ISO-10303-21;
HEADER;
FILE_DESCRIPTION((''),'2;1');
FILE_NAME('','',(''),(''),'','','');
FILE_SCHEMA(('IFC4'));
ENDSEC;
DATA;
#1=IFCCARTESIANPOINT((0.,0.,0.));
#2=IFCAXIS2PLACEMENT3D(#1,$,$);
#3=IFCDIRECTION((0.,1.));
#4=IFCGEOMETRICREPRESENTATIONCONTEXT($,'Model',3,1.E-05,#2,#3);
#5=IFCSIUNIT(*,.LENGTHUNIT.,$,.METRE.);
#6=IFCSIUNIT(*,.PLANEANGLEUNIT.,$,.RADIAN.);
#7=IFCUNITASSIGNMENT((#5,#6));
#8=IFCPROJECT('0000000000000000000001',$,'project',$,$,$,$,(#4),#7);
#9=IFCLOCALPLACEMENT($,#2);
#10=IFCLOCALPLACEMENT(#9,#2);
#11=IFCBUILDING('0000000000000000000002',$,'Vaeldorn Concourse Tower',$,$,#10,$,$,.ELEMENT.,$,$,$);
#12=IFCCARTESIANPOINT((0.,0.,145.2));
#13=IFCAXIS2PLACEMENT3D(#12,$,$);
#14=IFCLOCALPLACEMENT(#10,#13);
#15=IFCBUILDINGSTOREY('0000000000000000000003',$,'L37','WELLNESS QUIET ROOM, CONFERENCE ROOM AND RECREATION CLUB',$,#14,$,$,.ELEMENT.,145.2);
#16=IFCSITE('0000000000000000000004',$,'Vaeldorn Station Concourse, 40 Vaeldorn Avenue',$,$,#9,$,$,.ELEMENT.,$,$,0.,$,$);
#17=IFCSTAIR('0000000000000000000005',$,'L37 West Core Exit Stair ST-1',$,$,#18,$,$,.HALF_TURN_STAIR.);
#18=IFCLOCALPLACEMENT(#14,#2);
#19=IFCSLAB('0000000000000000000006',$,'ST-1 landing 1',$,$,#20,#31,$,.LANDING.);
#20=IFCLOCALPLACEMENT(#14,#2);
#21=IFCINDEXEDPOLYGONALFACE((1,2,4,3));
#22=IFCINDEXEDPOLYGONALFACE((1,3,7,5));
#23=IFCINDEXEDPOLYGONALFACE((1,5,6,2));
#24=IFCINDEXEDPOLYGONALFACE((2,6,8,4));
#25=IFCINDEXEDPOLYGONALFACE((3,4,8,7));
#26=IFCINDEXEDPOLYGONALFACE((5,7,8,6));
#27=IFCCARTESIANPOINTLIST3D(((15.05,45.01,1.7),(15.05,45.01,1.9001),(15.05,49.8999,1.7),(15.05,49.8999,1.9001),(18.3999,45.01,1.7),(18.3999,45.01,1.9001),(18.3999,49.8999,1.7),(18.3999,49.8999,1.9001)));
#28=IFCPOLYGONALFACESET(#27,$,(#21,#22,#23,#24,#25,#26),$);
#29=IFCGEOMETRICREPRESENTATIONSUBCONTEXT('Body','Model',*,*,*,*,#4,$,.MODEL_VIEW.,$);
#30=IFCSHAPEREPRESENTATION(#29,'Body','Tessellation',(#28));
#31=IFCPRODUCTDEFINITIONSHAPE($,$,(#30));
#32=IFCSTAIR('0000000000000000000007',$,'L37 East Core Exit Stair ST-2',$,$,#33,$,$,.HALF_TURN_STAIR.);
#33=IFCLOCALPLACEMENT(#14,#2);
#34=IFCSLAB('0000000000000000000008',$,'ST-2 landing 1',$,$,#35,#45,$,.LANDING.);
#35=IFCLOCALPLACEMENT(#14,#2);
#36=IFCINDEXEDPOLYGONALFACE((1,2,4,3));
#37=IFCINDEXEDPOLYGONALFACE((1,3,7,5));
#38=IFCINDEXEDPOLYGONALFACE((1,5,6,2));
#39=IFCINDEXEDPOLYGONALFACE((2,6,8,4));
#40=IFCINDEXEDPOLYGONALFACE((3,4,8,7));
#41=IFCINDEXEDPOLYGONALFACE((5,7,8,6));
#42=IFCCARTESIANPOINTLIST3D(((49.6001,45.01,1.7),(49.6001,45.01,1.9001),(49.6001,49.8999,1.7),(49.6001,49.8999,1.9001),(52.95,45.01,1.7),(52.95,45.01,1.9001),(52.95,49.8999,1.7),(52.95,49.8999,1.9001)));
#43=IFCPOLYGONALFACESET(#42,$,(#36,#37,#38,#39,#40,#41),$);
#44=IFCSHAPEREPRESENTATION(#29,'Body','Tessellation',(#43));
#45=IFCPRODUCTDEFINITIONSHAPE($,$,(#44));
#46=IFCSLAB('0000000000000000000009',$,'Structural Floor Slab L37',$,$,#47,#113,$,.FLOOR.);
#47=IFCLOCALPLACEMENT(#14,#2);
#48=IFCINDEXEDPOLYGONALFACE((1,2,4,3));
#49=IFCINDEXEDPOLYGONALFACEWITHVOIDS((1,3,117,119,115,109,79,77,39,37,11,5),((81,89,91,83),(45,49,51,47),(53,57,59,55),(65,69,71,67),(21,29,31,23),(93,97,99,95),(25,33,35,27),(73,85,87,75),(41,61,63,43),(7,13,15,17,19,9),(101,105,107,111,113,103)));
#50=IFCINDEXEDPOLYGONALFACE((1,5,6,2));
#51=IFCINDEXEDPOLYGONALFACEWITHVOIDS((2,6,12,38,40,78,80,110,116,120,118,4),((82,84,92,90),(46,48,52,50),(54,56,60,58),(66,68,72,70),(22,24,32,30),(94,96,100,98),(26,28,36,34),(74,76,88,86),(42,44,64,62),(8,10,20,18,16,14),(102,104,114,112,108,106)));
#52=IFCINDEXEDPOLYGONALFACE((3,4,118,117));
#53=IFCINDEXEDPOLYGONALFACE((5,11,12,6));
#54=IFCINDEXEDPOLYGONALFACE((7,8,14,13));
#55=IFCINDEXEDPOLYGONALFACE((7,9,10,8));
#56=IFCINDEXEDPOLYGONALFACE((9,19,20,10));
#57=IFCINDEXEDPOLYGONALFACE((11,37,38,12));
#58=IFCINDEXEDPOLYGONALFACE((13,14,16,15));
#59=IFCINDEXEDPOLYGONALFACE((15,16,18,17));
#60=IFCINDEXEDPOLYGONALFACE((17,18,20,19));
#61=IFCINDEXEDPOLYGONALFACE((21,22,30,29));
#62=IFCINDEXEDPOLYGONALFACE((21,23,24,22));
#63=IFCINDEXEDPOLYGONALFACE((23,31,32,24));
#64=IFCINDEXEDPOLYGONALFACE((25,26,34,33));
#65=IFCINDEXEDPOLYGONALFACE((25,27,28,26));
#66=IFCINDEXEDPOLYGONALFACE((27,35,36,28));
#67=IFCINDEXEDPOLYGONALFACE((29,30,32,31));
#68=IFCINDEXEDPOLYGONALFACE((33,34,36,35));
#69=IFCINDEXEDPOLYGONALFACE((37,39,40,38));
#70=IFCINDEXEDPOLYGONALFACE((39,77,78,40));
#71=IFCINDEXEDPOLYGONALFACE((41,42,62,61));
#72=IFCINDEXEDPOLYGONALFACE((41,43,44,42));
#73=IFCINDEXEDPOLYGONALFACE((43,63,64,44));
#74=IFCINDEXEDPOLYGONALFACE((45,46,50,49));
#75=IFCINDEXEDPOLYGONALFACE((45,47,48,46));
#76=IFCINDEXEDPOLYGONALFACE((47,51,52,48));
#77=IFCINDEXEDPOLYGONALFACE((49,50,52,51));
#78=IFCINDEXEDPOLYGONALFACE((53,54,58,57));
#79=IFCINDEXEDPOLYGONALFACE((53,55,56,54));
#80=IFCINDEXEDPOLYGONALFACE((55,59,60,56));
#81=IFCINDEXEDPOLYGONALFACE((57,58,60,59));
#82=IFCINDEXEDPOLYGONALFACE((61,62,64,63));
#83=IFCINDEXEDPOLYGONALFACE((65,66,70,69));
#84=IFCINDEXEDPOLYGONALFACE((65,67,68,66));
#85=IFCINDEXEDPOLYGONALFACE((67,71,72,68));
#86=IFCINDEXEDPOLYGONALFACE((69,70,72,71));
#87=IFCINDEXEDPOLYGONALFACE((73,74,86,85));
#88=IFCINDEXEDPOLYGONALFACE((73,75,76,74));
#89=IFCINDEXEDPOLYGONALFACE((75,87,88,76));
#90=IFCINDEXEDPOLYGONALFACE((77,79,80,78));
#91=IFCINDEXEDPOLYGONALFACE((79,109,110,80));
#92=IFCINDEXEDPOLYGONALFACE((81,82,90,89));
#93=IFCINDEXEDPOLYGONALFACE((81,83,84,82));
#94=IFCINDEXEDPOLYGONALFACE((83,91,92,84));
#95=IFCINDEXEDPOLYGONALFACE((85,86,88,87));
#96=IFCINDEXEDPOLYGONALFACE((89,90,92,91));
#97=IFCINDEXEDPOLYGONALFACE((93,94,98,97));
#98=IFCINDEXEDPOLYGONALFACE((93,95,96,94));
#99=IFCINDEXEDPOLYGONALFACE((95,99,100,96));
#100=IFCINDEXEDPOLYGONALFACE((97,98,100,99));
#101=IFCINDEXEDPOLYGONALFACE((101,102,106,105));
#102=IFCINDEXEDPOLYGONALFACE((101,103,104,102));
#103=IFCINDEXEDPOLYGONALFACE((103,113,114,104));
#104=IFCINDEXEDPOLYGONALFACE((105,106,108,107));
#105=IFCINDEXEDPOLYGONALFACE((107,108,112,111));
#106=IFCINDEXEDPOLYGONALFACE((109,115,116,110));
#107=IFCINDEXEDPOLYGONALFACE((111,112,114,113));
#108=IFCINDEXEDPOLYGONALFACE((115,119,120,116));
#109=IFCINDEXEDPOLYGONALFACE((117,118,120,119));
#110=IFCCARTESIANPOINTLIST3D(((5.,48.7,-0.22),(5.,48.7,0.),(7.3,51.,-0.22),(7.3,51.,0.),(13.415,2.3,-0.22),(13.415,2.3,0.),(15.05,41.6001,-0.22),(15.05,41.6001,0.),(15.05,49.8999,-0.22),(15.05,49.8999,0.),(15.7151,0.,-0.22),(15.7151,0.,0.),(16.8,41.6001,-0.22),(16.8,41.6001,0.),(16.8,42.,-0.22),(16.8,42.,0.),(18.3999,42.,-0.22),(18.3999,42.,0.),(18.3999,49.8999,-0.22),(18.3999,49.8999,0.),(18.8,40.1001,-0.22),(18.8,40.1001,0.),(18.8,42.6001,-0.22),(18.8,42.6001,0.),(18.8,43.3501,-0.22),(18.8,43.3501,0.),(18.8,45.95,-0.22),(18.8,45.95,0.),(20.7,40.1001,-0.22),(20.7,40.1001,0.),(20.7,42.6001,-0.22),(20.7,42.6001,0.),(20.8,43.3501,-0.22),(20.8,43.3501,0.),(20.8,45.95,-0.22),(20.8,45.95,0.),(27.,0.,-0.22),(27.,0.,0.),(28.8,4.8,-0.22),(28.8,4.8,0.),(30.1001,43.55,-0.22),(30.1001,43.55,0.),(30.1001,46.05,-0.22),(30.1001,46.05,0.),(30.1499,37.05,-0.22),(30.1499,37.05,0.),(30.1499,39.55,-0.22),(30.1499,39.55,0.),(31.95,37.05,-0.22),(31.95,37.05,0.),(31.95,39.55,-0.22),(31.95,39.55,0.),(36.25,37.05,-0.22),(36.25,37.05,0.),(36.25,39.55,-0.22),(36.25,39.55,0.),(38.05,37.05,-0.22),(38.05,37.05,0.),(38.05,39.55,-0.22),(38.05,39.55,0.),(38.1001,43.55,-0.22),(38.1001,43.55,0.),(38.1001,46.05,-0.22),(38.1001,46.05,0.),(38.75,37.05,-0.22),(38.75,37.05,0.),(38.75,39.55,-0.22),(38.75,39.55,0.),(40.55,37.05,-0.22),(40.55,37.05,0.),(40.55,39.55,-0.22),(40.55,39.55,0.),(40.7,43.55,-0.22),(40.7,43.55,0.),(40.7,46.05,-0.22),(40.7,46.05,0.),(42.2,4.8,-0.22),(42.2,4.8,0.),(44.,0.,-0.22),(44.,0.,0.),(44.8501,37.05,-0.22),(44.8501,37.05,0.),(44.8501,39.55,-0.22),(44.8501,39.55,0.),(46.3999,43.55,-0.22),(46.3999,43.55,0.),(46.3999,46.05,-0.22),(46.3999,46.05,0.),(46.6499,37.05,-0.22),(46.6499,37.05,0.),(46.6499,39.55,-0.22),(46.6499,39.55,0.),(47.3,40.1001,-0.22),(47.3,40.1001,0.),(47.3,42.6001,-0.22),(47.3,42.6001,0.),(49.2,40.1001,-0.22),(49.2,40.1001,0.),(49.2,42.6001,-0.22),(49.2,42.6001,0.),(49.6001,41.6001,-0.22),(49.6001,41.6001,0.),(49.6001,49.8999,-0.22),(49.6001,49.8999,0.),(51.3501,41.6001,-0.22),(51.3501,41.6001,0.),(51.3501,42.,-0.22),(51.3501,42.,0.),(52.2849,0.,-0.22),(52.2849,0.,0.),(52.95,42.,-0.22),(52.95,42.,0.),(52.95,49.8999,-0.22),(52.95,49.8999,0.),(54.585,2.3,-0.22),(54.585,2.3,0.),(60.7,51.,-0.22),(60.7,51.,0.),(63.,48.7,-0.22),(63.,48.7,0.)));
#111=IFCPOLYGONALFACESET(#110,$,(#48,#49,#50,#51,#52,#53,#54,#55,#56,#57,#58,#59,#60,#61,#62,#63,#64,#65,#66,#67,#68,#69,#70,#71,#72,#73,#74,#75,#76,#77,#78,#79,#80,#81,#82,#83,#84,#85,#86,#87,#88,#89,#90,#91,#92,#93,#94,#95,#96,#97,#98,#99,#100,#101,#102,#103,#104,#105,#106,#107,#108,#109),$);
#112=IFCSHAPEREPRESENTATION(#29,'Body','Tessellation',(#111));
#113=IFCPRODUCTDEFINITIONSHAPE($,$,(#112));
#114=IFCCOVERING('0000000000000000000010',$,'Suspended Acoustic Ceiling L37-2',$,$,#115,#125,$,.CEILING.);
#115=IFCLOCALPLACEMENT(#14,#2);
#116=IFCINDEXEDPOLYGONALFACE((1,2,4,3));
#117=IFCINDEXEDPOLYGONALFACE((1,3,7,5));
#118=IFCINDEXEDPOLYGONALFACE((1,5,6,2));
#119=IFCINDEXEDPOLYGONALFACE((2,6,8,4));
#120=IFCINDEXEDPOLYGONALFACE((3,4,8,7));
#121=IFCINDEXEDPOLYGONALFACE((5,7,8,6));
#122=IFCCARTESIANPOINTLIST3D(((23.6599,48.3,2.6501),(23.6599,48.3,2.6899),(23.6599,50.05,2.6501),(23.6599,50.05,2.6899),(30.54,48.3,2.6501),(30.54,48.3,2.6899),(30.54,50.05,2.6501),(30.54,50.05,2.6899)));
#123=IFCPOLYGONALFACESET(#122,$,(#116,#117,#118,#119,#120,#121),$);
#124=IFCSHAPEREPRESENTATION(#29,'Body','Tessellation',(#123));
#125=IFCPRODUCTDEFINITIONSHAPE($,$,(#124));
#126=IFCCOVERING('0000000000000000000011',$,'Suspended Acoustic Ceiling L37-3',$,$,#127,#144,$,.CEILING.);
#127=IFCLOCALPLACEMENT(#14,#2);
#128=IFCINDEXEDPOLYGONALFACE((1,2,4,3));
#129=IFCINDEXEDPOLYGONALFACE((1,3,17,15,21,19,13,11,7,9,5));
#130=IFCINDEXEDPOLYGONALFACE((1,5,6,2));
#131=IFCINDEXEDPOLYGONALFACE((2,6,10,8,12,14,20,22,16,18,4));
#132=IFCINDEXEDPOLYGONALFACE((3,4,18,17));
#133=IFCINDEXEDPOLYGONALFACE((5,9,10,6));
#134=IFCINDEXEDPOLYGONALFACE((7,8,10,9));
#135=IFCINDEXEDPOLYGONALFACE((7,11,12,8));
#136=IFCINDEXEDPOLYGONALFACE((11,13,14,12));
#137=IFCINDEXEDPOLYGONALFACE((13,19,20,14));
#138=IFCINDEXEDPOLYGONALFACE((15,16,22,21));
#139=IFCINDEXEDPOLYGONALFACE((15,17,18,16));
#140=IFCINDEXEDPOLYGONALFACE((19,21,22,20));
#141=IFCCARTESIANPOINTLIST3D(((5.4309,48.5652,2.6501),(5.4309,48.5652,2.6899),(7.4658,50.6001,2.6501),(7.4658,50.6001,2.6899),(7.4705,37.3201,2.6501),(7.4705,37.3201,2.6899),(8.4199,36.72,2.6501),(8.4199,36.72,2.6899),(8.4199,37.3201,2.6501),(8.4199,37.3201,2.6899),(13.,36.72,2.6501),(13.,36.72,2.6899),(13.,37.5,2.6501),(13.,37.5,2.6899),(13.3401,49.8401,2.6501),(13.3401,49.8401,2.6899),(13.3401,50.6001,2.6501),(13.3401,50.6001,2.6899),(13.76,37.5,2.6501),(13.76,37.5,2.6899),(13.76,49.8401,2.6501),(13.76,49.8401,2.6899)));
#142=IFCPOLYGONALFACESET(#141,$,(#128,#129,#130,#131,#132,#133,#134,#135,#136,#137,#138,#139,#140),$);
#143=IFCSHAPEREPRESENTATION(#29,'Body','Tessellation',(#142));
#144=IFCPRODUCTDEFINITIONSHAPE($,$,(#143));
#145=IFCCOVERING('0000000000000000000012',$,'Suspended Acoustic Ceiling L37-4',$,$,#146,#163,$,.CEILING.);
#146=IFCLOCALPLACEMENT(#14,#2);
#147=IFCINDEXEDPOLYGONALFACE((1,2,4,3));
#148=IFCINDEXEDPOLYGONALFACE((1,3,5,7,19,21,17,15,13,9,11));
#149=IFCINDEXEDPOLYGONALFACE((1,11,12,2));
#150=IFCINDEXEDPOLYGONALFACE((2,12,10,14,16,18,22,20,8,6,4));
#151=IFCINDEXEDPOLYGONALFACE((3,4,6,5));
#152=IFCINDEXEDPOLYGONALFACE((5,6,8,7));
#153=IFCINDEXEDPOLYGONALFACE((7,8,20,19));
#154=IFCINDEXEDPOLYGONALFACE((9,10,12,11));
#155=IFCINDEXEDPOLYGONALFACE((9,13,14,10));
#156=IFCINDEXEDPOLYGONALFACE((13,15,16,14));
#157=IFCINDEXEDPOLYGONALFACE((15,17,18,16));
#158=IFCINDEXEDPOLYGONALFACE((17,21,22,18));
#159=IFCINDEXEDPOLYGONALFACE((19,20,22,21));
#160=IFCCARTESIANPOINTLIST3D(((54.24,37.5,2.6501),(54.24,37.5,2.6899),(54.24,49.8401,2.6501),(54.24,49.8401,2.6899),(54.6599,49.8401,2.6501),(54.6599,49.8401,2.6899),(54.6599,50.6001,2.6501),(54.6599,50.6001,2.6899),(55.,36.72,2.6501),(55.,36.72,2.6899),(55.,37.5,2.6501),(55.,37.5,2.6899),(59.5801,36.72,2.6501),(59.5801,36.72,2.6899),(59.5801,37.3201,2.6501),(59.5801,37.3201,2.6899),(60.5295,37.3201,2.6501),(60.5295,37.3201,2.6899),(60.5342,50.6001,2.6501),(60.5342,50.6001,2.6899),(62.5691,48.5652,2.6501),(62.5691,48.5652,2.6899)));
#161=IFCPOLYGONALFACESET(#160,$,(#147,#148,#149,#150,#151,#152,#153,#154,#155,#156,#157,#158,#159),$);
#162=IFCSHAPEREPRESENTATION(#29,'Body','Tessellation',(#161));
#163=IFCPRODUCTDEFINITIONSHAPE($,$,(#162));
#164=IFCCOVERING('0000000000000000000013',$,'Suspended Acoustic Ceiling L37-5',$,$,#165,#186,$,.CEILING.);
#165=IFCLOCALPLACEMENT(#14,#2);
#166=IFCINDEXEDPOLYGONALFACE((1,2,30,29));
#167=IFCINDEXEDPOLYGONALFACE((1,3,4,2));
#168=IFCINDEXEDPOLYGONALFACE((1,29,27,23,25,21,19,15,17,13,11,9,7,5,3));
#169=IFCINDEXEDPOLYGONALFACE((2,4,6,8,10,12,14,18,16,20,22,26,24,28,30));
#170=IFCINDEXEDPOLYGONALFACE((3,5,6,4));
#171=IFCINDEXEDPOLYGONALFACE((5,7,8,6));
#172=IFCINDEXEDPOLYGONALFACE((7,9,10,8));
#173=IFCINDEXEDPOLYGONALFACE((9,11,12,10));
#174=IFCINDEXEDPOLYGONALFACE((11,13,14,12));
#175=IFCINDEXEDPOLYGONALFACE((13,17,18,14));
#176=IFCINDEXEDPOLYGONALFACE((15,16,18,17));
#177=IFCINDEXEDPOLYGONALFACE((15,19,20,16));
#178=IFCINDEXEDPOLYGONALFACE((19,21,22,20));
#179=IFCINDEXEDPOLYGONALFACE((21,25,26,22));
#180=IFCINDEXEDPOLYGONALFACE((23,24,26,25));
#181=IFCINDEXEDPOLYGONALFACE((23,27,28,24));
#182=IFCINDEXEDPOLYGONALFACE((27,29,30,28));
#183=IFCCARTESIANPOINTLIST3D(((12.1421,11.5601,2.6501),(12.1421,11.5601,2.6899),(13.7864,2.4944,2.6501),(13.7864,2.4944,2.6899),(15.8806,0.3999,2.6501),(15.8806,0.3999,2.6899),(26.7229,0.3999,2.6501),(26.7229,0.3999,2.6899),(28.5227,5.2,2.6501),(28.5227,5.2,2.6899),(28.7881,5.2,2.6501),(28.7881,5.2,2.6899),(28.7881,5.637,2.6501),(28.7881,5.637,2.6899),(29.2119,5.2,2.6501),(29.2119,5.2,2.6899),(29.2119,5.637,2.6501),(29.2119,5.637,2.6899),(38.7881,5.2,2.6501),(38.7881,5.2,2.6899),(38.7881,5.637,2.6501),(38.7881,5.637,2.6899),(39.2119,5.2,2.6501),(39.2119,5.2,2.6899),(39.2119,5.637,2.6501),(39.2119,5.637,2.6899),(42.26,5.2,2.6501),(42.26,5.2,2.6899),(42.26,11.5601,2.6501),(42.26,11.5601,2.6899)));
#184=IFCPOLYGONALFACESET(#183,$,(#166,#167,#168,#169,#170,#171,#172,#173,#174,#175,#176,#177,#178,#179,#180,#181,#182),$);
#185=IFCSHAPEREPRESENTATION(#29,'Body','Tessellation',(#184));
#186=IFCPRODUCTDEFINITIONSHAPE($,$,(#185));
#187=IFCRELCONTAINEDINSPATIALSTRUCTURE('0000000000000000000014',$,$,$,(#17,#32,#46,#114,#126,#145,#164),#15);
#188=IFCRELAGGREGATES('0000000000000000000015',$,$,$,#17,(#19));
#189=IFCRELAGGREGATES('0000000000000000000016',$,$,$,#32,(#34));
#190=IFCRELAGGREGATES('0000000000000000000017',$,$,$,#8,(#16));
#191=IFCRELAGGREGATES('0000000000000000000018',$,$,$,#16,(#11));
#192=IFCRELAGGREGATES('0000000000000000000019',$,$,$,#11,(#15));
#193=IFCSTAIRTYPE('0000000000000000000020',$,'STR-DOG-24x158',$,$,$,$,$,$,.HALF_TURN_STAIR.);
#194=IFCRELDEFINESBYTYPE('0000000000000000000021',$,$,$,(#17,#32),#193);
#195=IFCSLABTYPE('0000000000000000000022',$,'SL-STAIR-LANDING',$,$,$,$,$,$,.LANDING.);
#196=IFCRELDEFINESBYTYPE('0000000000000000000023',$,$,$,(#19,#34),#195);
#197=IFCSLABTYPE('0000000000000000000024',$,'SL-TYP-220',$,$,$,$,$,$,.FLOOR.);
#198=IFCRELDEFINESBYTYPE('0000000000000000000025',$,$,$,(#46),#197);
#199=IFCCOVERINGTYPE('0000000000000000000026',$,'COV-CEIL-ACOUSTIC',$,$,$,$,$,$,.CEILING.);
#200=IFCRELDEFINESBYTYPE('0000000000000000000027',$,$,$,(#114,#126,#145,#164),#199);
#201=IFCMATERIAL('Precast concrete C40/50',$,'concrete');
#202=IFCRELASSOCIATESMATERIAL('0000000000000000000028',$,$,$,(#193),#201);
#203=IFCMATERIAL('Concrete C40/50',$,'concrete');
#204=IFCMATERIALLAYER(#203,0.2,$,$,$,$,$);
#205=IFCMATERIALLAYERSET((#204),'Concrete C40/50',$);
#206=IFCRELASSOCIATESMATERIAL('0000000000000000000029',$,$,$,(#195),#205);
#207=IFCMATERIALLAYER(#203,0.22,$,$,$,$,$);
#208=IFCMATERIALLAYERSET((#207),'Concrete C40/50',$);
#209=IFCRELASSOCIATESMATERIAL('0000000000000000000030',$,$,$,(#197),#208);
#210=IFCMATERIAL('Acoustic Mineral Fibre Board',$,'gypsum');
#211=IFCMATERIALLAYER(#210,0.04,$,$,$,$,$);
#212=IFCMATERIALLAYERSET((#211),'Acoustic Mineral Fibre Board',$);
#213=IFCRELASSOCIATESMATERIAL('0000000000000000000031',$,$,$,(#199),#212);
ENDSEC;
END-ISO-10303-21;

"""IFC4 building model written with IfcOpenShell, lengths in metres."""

from ifc_helpers import new_model, si_unit, direction, frame, origin, place, context, subcontext, project, spatial, polyline, outline, extrude, material, layer, layer_set, type_object, element, aggregate, save


model = new_model("IFC4")

# Units and contexts
model_context = context("Model", 3, precision=1e-05, world=origin(), true_north=direction((0.0, 1.0)))
body_context = subcontext(model_context, "Body", "Model", "MODEL_VIEW")
ifc_project = project(units=[si_unit("LENGTHUNIT", "METRE"), si_unit("PLANEANGLEUNIT", "RADIAN")], contexts=[model_context])

# Site, building, storey
site_placement = place(None, origin())
site = spatial("IfcSite", under=ifc_project, at=site_placement, Name="Vaeldorn Station Concourse, 40 Vaeldorn Avenue", CompositionType="ELEMENT", RefElevation=0.0)
building_placement = place(site_placement, origin())
building = spatial("IfcBuilding", under=site, at=building_placement, Name="Vaeldorn Concourse Tower", CompositionType="ELEMENT")
storey_placement = place(building_placement, frame((0.0, 0.0, 145.2)))
storey = spatial("IfcBuildingStorey", under=building, at=storey_placement, Name="L37", Description="WELLNESS QUIET ROOM, CONFERENCE ROOM AND RECREATION CLUB", CompositionType="ELEMENT", Elevation=145.2)

# Stairs, slabs
ifc_material_1 = material(Name="Precast concrete C40/50", Category="concrete")
stair_type = type_object("IfcStairType", Name="STR-DOG-24x158", PredefinedType="HALF_TURN_STAIR", material=ifc_material_1)
stair_1_placement = place(storey_placement, origin())
stair_1 = element("IfcStair", 1, at=stair_1_placement, inside=storey, type_object=stair_type, Name="L37 West Core Exit Stair ST-1", PredefinedType="HALF_TURN_STAIR")
ifc_material_2 = material(Name="Concrete C40/50", Category="concrete")
ifc_layer_1 = layer(ifc_material_2, 0.2)
ifc_layer_set_1 = layer_set([ifc_layer_1], Name="Concrete C40/50")
slab_type_1 = type_object("IfcSlabType", Name="SL-STAIR-LANDING", PredefinedType="LANDING", material=ifc_layer_set_1)
slab_1_placement = place(storey_placement, frame((0.0, 0.0, 1.7)))
slab_1 = element("IfcSlab", 2, at=slab_1_placement, type_object=slab_type_1, Name="ST-1 landing 1", PredefinedType="LANDING", context=body_context, shape_type="SweptSolid", body=[
    extrude(outline(polyline([(18.3999, 45.01), (18.3999, 49.8999), (15.05, 49.8999), (15.05, 45.01), (18.3999, 45.01)])), origin(), (0.0, 0.0, 1.0), 0.2002),
])
aggregate(stair_1, [slab_1])
stair_2_placement = place(storey_placement, origin())
stair_2 = element("IfcStair", 3, at=stair_2_placement, inside=storey, type_object=stair_type, Name="L37 East Core Exit Stair ST-2", PredefinedType="HALF_TURN_STAIR")
slab_2_placement = place(storey_placement, frame((0.0, 0.0, 1.7)))
slab_2 = element("IfcSlab", 4, at=slab_2_placement, type_object=slab_type_1, Name="ST-2 landing 1", PredefinedType="LANDING", context=body_context, shape_type="SweptSolid", body=[
    extrude(outline(polyline([(52.95, 45.01), (52.95, 49.8999), (49.6001, 49.8999), (49.6001, 45.01), (52.95, 45.01)])), origin(), (0.0, 0.0, 1.0), 0.2002),
])
aggregate(stair_2, [slab_2])

# Slab
ifc_layer_2 = layer(ifc_material_2, 0.22)
ifc_layer_set_2 = layer_set([ifc_layer_2], Name="Concrete C40/50")
slab_type_2 = type_object("IfcSlabType", Name="SL-TYP-220", PredefinedType="FLOOR", material=ifc_layer_set_2)
slab_3_placement = place(storey_placement, frame((0.0, 0.0, -0.22)))
element("IfcSlab", 5, at=slab_3_placement, inside=storey, type_object=slab_type_2, Name="Structural Floor Slab L37", PredefinedType="FLOOR", context=body_context, shape_type="SweptSolid", body=[
    extrude(outline(polyline([(15.7151, 0.0), (27.0, 0.0), (28.8, 4.8), (42.2, 4.8), (44.0, 0.0), (52.2849, 0.0), (54.585, 2.3), (63.0, 48.7), (60.7, 51.0), (7.3, 51.0), (5.0, 48.7), (13.415, 2.3), (15.7151, 0.0)]), holes=[polyline([(18.3999, 42.0), (18.3999, 49.8999), (15.05, 49.8999), (15.05, 41.6001), (16.8, 41.6001), (16.8, 42.0), (18.3999, 42.0)]), polyline([(52.95, 42.0), (52.95, 49.8999), (49.6001, 49.8999), (49.6001, 41.6001), (51.3501, 41.6001), (51.3501, 42.0), (52.95, 42.0)]), polyline([(30.1499, 37.05), (31.95, 37.05), (31.95, 39.55), (30.1499, 39.55), (30.1499, 37.05)]), polyline([(36.25, 37.05), (38.05, 37.05), (38.05, 39.55), (36.25, 39.55), (36.25, 37.05)]), polyline([(30.1001, 43.55), (38.1001, 43.55), (38.1001, 46.05), (30.1001, 46.05), (30.1001, 43.55)]), polyline([(38.75, 37.05), (40.55, 37.05), (40.55, 39.55), (38.75, 39.55), (38.75, 37.05)]), polyline([(44.8501, 37.05), (46.6499, 37.05), (46.6499, 39.55), (44.8501, 39.55), (44.8501, 37.05)]), polyline([(40.7, 43.55), (46.3999, 43.55), (46.3999, 46.05), (40.7, 46.05), (40.7, 43.55)]), polyline([(18.8, 43.3501), (20.8, 43.3501), (20.8, 45.95), (18.8, 45.95), (18.8, 43.3501)]), polyline([(18.8, 40.1001), (20.7, 40.1001), (20.7, 42.6001), (18.8, 42.6001), (18.8, 40.1001)]), polyline([(47.3, 40.1001), (49.2, 40.1001), (49.2, 42.6001), (47.3, 42.6001), (47.3, 40.1001)])]), origin(), (0.0, 0.0, 1.0), 0.22),
])

# Coverings
ifc_material_3 = material(Name="Acoustic Mineral Fibre Board", Category="gypsum")
ifc_layer_3 = layer(ifc_material_3, 0.04)
ifc_layer_set_3 = layer_set([ifc_layer_3], Name="Acoustic Mineral Fibre Board")
covering_type_1 = type_object("IfcCoveringType", Name="COV-CEIL-ACOUSTIC", PredefinedType="CEILING", material=ifc_layer_set_3)
covering_1_placement = place(storey_placement, frame((0.0, 0.0, 2.6501)))
element("IfcCovering", 6, at=covering_1_placement, inside=storey, type_object=covering_type_1, Name="Suspended Acoustic Ceiling L37-2", PredefinedType="CEILING", context=body_context, shape_type="SweptSolid", body=[
    extrude(outline(polyline([(30.54, 50.05), (30.54, 48.3), (23.6599, 48.3), (23.6599, 50.05), (30.54, 50.05)])), origin(), (0.0, 0.0, 1.0), 0.0398),
])
covering_2_placement = place(storey_placement, frame((0.0, 0.0, 2.6501)))
element("IfcCovering", 7, at=covering_2_placement, inside=storey, type_object=covering_type_1, Name="Suspended Acoustic Ceiling L37-3", PredefinedType="CEILING", context=body_context, shape_type="SweptSolid", body=[
    extrude(outline(polyline([(7.4658, 50.6001), (13.3401, 50.6001), (13.3401, 49.8401), (13.76, 49.8401), (13.76, 37.5), (13.0, 37.5), (13.0, 36.72), (8.4199, 36.72), (8.4199, 37.3201), (7.4705, 37.3201), (5.4309, 48.5652), (7.4658, 50.6001)])), origin(), (0.0, 0.0, 1.0), 0.0398),
])
covering_3_placement = place(storey_placement, frame((0.0, 0.0, 2.6501)))
element("IfcCovering", 8, at=covering_3_placement, inside=storey, type_object=covering_type_1, Name="Suspended Acoustic Ceiling L37-4", PredefinedType="CEILING", context=body_context, shape_type="SweptSolid", body=[
    extrude(outline(polyline([(54.6599, 49.8401), (54.6599, 50.6001), (60.5342, 50.6001), (62.5691, 48.5652), (60.5295, 37.3201), (59.5801, 37.3201), (59.5801, 36.72), (55.0, 36.72), (55.0, 37.5), (54.24, 37.5), (54.24, 49.8401), (54.6599, 49.8401)])), origin(), (0.0, 0.0, 1.0), 0.0398),
])
covering_4_placement = place(storey_placement, frame((0.0, 0.0, 2.6501)))
element("IfcCovering", 9, at=covering_4_placement, inside=storey, type_object=covering_type_1, Name="Suspended Acoustic Ceiling L37-5", PredefinedType="CEILING", context=body_context, shape_type="SweptSolid", body=[
    extrude(outline(polyline([(42.26, 11.5601), (42.26, 5.2), (39.2119, 5.2), (39.2119, 5.637), (38.7881, 5.637), (38.7881, 5.2), (29.2119, 5.2), (29.2119, 5.637), (28.7881, 5.637), (28.7881, 5.2), (28.5227, 5.2), (26.7229, 0.3999), (15.8806, 0.3999), (13.7864, 2.4944), (12.1421, 11.5601), (42.26, 11.5601)])), origin(), (0.0, 0.0, 1.0), 0.0398),
])

save(model, "model.ifc")
